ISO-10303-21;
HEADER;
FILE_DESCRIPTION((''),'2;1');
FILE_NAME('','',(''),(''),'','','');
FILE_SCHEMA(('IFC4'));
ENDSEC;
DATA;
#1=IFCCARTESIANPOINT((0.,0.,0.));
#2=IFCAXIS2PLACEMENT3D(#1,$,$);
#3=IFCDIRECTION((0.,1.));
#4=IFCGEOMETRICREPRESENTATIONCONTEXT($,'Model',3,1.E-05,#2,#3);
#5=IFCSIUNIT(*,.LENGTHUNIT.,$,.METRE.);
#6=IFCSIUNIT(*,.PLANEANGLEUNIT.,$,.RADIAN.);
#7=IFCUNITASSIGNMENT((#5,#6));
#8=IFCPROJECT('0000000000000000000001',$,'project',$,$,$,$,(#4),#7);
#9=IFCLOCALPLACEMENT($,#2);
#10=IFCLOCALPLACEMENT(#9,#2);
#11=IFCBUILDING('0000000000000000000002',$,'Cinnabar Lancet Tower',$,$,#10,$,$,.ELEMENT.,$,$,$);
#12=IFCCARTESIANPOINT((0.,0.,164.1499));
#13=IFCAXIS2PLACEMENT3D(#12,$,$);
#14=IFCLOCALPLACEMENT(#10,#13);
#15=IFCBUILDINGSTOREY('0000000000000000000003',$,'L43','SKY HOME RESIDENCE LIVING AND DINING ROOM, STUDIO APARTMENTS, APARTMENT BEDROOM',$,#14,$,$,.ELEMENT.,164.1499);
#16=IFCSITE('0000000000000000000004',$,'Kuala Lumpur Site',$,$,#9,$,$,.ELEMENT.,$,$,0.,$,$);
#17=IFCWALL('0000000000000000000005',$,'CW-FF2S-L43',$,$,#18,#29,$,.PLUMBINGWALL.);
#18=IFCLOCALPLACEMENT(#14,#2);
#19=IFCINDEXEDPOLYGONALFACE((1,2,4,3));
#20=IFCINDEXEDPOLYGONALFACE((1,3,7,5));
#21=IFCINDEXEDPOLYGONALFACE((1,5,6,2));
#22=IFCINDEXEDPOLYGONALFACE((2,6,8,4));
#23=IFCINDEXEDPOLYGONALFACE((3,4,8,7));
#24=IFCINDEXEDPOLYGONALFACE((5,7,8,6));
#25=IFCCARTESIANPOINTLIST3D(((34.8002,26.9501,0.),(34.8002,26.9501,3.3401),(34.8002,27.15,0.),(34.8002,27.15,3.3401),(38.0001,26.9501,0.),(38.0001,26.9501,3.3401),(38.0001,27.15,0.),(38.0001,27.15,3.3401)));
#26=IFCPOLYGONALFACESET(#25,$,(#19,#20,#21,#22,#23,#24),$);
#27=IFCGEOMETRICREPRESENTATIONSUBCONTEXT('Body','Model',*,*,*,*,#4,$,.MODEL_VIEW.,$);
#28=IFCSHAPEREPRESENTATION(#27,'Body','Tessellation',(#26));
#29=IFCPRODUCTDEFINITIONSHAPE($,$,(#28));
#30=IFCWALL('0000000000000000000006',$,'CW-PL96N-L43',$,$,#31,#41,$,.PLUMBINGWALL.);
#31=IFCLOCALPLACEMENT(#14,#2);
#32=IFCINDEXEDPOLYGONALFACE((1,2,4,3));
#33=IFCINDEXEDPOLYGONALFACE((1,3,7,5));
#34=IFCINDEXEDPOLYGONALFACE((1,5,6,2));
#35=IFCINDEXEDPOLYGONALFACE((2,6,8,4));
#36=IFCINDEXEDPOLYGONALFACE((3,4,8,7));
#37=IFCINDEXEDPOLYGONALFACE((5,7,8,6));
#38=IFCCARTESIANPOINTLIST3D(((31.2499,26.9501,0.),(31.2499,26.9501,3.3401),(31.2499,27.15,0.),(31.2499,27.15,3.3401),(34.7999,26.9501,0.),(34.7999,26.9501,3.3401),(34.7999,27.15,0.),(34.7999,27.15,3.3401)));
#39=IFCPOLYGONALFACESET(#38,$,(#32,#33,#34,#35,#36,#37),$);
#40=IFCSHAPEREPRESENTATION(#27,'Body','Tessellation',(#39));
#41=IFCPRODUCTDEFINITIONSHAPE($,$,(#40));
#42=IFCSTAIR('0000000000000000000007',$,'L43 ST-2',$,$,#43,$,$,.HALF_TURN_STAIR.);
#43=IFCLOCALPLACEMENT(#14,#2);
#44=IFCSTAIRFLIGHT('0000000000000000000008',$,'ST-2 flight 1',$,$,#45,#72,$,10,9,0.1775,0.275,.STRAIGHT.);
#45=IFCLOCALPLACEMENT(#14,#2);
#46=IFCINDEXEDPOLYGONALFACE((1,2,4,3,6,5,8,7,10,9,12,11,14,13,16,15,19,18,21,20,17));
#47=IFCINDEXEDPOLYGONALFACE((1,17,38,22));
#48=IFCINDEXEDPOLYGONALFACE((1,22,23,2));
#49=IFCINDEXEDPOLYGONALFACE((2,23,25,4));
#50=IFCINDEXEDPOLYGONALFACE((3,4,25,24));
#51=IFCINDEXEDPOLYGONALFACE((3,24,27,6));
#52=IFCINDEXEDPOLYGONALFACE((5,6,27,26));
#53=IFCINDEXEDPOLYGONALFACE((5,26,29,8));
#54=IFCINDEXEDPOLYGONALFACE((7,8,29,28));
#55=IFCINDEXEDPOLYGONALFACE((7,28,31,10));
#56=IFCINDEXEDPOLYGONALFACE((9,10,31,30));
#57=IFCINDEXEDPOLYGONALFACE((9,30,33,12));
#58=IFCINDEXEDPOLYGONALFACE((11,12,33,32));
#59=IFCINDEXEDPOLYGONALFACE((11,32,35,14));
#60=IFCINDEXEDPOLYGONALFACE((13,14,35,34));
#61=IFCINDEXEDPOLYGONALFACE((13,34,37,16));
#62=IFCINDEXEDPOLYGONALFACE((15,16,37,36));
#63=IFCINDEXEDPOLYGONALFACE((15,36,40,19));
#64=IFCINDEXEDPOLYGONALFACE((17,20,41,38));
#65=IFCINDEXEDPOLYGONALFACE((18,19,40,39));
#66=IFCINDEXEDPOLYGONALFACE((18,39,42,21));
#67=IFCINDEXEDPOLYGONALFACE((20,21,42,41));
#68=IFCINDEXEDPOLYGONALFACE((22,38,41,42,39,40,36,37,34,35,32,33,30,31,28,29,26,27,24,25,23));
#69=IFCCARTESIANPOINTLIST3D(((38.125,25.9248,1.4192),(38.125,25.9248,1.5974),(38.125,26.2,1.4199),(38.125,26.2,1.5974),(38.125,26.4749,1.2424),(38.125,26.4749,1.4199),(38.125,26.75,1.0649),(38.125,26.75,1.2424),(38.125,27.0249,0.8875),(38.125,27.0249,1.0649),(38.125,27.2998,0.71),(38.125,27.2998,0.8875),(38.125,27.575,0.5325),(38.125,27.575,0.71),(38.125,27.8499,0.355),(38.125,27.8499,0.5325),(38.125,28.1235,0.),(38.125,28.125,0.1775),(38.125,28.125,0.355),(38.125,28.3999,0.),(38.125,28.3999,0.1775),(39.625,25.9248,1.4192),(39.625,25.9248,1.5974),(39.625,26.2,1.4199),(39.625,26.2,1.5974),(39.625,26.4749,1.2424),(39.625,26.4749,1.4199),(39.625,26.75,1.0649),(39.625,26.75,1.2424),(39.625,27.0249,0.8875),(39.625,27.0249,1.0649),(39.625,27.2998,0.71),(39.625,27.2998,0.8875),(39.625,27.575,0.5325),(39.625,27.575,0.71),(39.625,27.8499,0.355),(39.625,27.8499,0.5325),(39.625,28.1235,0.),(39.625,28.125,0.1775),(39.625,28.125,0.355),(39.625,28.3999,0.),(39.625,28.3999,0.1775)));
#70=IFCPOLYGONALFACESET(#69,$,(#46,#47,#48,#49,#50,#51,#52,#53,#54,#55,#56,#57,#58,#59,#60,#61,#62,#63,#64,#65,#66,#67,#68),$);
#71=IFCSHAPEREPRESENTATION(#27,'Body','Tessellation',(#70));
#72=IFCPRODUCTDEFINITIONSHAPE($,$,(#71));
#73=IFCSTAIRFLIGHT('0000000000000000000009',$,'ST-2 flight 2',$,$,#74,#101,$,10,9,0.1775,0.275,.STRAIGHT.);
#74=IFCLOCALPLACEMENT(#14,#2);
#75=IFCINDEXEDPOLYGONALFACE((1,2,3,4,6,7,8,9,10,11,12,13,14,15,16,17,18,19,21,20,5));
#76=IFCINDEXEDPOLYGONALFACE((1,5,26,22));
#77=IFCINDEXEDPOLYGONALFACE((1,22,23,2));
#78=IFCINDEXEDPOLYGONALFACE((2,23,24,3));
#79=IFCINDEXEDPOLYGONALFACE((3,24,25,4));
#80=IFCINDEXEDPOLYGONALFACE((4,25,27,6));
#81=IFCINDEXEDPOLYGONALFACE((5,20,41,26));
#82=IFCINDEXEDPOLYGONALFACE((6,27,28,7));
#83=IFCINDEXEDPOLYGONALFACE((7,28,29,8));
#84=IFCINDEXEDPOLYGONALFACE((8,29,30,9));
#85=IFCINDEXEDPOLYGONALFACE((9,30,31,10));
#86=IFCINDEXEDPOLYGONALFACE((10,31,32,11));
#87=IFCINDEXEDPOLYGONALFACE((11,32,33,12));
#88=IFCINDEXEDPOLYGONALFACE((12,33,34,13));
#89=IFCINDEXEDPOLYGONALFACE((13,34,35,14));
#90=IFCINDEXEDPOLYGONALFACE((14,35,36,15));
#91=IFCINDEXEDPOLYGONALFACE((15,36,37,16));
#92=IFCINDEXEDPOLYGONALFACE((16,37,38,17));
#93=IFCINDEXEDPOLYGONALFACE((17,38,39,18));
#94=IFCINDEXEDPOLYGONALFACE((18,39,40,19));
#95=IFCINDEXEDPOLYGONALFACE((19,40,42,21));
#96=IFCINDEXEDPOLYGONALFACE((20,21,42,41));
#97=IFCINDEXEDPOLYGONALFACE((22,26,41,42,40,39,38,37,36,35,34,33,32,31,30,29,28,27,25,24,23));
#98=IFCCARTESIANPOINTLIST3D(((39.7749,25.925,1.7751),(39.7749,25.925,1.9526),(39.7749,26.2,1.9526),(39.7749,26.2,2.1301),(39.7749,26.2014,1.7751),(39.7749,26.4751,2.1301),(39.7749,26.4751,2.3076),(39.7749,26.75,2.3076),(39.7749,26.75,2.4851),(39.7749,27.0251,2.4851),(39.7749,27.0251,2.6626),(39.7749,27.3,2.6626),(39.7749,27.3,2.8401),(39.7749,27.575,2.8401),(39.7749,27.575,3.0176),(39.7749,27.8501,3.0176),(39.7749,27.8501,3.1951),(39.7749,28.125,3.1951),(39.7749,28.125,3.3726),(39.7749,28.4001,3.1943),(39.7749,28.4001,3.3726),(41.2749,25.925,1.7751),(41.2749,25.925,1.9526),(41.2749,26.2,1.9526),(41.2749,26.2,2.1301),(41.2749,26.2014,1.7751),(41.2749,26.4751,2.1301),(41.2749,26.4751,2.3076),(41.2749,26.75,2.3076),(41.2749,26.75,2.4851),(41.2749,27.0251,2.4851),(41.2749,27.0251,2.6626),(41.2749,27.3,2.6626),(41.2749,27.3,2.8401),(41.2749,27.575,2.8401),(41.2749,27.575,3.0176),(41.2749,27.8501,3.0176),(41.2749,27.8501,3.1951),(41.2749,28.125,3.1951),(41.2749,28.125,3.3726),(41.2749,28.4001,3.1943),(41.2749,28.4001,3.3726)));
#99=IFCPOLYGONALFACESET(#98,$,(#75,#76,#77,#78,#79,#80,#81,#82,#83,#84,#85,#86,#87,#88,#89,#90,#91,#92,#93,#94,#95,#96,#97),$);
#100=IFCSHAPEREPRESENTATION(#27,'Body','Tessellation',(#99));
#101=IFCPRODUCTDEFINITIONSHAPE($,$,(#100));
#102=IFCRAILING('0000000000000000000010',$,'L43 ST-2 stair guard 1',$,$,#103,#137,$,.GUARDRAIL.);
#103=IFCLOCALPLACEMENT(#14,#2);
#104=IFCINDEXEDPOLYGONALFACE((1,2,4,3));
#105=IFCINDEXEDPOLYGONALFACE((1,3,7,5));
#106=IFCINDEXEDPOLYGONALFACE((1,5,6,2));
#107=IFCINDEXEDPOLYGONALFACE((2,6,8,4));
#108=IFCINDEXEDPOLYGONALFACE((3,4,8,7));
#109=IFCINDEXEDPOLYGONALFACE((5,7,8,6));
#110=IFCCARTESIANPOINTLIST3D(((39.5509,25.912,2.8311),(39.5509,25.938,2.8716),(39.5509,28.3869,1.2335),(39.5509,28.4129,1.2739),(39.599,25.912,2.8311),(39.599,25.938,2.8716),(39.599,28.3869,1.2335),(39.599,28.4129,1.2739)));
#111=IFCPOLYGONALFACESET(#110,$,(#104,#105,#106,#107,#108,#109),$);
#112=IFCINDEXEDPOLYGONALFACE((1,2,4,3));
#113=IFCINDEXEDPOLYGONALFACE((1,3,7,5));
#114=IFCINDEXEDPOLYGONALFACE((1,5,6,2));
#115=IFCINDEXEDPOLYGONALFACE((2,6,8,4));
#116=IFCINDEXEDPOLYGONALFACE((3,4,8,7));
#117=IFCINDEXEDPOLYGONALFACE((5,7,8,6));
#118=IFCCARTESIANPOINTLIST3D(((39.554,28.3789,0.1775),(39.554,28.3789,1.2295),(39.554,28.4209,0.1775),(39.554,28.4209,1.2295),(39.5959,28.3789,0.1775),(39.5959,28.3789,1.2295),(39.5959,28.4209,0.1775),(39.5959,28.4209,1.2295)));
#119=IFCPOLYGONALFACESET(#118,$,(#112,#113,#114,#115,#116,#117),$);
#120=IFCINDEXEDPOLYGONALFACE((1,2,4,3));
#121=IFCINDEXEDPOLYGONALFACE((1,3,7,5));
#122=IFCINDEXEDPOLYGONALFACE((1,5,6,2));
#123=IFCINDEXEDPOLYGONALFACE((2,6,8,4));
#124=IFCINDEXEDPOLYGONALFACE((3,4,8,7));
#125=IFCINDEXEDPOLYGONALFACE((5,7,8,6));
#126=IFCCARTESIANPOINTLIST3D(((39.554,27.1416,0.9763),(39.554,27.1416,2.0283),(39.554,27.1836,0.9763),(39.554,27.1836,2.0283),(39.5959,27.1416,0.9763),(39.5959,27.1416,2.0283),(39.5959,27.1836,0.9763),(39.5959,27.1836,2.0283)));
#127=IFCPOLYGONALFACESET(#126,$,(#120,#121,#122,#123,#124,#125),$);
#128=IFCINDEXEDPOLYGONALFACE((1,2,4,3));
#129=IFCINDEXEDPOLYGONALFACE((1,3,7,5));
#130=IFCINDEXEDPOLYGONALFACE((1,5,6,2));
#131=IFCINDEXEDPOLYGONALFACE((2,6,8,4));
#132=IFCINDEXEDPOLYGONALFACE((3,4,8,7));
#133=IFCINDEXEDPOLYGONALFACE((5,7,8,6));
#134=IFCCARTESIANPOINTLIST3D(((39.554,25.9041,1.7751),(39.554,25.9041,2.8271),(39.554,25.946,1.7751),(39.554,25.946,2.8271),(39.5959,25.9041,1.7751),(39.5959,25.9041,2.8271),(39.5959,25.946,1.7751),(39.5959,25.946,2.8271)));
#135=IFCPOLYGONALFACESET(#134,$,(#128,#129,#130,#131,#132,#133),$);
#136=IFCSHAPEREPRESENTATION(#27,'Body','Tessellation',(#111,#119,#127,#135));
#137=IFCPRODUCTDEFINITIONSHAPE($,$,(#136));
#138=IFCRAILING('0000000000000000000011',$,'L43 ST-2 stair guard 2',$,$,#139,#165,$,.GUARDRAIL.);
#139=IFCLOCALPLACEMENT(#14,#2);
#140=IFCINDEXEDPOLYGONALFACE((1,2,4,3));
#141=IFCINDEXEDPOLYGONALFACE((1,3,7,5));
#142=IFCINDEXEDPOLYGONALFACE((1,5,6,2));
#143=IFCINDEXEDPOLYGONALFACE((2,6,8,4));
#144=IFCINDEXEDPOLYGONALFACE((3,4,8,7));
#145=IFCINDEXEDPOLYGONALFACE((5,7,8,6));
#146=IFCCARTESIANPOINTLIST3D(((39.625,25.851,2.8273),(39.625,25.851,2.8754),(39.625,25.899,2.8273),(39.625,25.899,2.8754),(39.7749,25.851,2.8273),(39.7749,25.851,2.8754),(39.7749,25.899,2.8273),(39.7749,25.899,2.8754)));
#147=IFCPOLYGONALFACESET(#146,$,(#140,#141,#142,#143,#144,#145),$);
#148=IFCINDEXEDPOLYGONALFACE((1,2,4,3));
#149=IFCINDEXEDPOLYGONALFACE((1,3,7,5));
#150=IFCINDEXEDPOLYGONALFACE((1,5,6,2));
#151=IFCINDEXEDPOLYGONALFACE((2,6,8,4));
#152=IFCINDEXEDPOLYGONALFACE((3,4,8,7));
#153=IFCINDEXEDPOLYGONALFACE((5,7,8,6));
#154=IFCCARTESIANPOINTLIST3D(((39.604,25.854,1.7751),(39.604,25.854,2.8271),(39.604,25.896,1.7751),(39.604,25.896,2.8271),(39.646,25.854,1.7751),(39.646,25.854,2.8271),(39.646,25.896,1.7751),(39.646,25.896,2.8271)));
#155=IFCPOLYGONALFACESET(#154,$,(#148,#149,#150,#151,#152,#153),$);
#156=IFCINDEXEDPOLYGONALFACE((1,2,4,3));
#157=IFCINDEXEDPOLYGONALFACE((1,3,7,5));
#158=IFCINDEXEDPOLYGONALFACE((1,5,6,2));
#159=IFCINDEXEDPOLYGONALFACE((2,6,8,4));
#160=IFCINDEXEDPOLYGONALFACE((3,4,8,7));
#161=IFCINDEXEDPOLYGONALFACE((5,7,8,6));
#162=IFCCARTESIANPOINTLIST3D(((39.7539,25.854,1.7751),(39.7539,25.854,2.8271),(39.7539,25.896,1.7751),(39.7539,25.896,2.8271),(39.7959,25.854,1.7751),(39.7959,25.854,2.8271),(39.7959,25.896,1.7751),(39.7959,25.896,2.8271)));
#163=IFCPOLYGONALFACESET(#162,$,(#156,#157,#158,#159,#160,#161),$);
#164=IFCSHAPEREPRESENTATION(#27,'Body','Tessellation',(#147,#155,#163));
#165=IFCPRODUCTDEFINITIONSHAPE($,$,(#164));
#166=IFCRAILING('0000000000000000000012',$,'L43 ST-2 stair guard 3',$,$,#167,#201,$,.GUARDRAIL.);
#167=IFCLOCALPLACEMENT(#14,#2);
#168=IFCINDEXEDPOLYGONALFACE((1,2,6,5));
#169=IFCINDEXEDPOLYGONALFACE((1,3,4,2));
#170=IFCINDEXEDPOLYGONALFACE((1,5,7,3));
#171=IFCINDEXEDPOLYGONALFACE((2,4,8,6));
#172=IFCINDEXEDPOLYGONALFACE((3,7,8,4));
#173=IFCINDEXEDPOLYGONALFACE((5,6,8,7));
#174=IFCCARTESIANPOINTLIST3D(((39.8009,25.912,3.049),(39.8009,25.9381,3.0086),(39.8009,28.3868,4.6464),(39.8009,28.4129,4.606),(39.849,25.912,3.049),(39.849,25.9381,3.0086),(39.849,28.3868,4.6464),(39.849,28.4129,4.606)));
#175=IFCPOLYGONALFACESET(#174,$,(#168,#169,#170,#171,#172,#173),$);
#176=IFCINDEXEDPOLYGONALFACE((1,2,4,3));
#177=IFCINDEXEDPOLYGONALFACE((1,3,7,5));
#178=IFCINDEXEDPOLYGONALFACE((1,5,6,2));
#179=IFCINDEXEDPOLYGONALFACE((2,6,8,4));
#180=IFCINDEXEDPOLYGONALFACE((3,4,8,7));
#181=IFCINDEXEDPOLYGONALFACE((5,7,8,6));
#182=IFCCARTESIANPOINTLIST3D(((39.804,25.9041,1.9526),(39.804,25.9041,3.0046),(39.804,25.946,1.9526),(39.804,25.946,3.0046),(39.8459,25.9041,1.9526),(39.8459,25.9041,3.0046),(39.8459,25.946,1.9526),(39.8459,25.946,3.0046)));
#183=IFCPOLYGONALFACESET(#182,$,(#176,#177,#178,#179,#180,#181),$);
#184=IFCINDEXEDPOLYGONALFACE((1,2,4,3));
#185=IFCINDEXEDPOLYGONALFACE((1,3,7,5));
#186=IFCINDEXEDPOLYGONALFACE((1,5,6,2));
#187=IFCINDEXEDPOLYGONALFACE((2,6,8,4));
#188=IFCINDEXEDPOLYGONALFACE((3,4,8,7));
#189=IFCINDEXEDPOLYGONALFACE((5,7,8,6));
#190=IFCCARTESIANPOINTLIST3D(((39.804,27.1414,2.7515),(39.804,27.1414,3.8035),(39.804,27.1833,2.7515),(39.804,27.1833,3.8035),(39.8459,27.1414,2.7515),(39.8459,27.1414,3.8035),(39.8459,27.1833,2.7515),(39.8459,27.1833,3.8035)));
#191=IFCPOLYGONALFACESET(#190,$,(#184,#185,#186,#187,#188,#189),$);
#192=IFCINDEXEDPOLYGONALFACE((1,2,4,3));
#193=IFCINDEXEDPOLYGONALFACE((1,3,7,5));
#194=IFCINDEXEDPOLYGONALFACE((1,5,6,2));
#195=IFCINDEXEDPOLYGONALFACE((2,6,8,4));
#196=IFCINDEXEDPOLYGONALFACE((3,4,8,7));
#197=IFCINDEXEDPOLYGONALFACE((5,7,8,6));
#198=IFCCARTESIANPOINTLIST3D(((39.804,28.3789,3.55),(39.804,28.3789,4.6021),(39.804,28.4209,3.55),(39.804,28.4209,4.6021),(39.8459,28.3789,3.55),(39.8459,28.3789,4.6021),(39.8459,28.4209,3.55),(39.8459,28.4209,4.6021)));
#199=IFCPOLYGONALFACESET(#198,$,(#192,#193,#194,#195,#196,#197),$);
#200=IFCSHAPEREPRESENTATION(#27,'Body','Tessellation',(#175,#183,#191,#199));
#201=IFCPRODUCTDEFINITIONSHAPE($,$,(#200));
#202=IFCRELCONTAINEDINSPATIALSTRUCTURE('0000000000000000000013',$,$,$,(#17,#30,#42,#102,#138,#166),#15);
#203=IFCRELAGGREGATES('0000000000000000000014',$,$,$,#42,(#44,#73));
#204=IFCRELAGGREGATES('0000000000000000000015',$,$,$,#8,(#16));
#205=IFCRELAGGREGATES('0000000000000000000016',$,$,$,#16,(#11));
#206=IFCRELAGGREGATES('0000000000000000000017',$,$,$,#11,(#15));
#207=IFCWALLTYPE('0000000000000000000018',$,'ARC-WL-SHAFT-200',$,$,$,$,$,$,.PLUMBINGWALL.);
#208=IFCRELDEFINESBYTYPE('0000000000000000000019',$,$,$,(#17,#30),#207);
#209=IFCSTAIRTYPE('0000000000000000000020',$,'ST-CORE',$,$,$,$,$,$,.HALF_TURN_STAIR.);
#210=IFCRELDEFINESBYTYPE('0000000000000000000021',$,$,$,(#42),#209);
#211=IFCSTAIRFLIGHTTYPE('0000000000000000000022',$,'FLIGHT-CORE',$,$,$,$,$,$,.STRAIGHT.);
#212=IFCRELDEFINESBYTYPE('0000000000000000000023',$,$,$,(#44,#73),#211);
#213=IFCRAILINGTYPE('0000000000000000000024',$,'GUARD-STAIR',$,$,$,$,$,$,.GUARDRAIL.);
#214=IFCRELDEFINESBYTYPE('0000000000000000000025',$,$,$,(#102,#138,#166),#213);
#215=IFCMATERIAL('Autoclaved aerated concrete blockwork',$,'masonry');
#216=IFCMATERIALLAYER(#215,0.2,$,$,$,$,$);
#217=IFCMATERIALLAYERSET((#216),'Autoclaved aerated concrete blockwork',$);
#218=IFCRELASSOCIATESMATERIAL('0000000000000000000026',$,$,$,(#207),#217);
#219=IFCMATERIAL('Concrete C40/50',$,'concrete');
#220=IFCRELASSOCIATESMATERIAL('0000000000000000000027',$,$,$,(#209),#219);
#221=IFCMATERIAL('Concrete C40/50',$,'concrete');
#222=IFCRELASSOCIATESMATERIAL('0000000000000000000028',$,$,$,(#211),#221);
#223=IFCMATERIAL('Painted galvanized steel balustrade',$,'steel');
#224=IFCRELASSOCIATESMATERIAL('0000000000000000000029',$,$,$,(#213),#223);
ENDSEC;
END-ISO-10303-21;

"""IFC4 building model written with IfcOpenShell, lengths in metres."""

from ifc_helpers import new_model, si_unit, direction, frame, frame_2d, origin, origin_2d, place, context, subcontext, project, spatial, polyline, rectangle, outline, extrude, material, layer, layer_set, type_object, element, aggregate, save


model = new_model("IFC4")

# Units and contexts
model_context = context("Model", 3, precision=1e-05, world=origin(), true_north=direction((0.0, 1.0)))
body_context = subcontext(model_context, "Body", "Model", "MODEL_VIEW")
ifc_project = project(units=[si_unit("LENGTHUNIT", "METRE"), si_unit("PLANEANGLEUNIT", "RADIAN")], contexts=[model_context])

# Site, building, storey
site_placement = place(None, origin())
site = spatial("IfcSite", under=ifc_project, at=site_placement, Name="Kuala Lumpur Site", CompositionType="ELEMENT", RefElevation=0.0)
building_placement = place(site_placement, origin())
building = spatial("IfcBuilding", under=site, at=building_placement, Name="Cinnabar Lancet Tower", CompositionType="ELEMENT")
storey_placement = place(building_placement, frame((0.0, 0.0, 164.1499)))
storey = spatial("IfcBuildingStorey", under=building, at=storey_placement, Name="L43", Description="SKY HOME RESIDENCE LIVING AND DINING ROOM, STUDIO APARTMENTS, APARTMENT BEDROOM", CompositionType="ELEMENT", Elevation=164.1499)

# Shared definitions
ifc_material_1 = material(Name="Autoclaved aerated concrete blockwork", Category="masonry")
ifc_layer = layer(ifc_material_1, 0.2)
ifc_layer_set = layer_set([ifc_layer], Name="Autoclaved aerated concrete blockwork")
wall_type = type_object("IfcWallType", Name="ARC-WL-SHAFT-200", PredefinedType="PLUMBINGWALL", material=ifc_layer_set)

# Walls
wall_1_placement = place(storey_placement, frame((34.8, 27.05, 0.0), z_axis=(0.0, 0.0, 1.0), x_axis=(1.0, 0.0, 0.0)))
element("IfcWall", 1, at=wall_1_placement, inside=storey, type_object=wall_type, Name="CW-FF2S-L43", PredefinedType="PLUMBINGWALL", context=body_context, shape_type="SweptSolid", body=[
    extrude(rectangle(XDim=3.2, YDim=0.2, at=frame_2d((1.6001, 0.0))), origin(), (0.0, 0.0, 1.0), 3.3401),
])
wall_2_placement = place(storey_placement, frame((31.25, 27.05, 0.0), z_axis=(0.0, 0.0, 1.0), x_axis=(1.0, 0.0, 0.0)))
element("IfcWall", 2, at=wall_2_placement, inside=storey, type_object=wall_type, Name="CW-PL96N-L43", PredefinedType="PLUMBINGWALL", context=body_context, shape_type="SweptSolid", body=[
    extrude(rectangle(XDim=3.55, YDim=0.2, at=frame_2d((1.7749, 0.0))), origin(), (0.0, 0.0, 1.0), 3.3401),
])

# Stair, stair flights
ifc_material_2 = material(Name="Concrete C40/50", Category="concrete")
stair_type = type_object("IfcStairType", Name="ST-CORE", PredefinedType="HALF_TURN_STAIR", material=ifc_material_2)
stair_placement = place(storey_placement, origin())
stair = element("IfcStair", 3, at=stair_placement, inside=storey, type_object=stair_type, Name="L43 ST-2", PredefinedType="HALF_TURN_STAIR")
ifc_material_3 = material(Name="Concrete C40/50", Category="concrete")
stair_flight_type = type_object("IfcStairFlightType", Name="FLIGHT-CORE", PredefinedType="STRAIGHT", material=ifc_material_3)
stair_flight_1_placement = place(storey_placement, frame((38.875, 28.3999, 0.0), z_axis=(0.0, 0.0, 1.0), x_axis=(0.0, -1.0, 0.0)))
stair_flight_1 = element("IfcStairFlight", 4, at=stair_flight_1_placement, type_object=stair_flight_type, Name="ST-2 flight 1", NumberOfRisers=10, NumberOfTreads=9, PredefinedType="STRAIGHT", RiserHeight=0.1775, TreadLength=0.275, context=body_context, shape_type="SweptSolid", body=[
    extrude(outline(polyline([(0.0, 0.0), (0.0, 0.1775), (0.2749, 0.1775), (0.2749, 0.355), (0.55, 0.355), (0.55, 0.5325), (0.825, 0.5325), (0.825, 0.71), (1.1001, 0.71), (1.1001, 0.8875), (1.375, 0.8875), (1.375, 1.0649), (1.6499, 1.0649), (1.6499, 1.2424), (1.925, 1.2424), (1.925, 1.4199), (2.2, 1.4199), (2.2, 1.5974), (2.4751, 1.5974), (2.4751, 1.7749), (2.4751, 1.4192), (0.2764, 0.0), (0.0, 0.0)])), frame((0.0, 0.75, 0.0), z_axis=(0.0, -1.0, 0.0), x_axis=(1.0, 0.0, 0.0)), (0.0, 0.0, 1.0), 1.5),
])
stair_flight_2_placement = place(storey_placement, frame((40.5249, 25.925, 1.7751), z_axis=(0.0, 0.0, 1.0), x_axis=(0.0, 1.0, 0.0)))
stair_flight_2 = element("IfcStairFlight", 5, at=stair_flight_2_placement, type_object=stair_flight_type, Name="ST-2 flight 2", NumberOfRisers=10, NumberOfTreads=9, PredefinedType="STRAIGHT", RiserHeight=0.1775, TreadLength=0.275, context=body_context, shape_type="SweptSolid", body=[
    extrude(outline(polyline([(0.0, 0.0), (0.0, 0.1775), (0.2749, 0.1775), (0.2749, 0.355), (0.55, 0.355), (0.55, 0.5325), (0.825, 0.5325), (0.825, 0.71), (1.1001, 0.71), (1.1001, 0.8875), (1.375, 0.8875), (1.375, 1.0649), (1.6499, 1.0649), (1.6499, 1.2424), (1.925, 1.2424), (1.925, 1.4199), (2.2, 1.4199), (2.2, 1.5974), (2.4751, 1.5974), (2.4751, 1.7749), (2.4751, 1.4192), (0.2764, 0.0), (0.0, 0.0)])), frame((0.0, 0.75, 0.0), z_axis=(0.0, -1.0, 0.0), x_axis=(1.0, 0.0, 0.0)), (0.0, 0.0, 1.0), 1.5),
])
aggregate(stair, [stair_flight_1, stair_flight_2])

# Railings
ifc_material_4 = material(Name="Painted galvanized steel balustrade", Category="steel")
railing_type_1 = type_object("IfcRailingType", Name="GUARD-STAIR", PredefinedType="GUARDRAIL", material=ifc_material_4)
railing_1_placement = place(storey_placement, frame((39.575, 28.3999, 0.1775)))
element("IfcRailing", 6, at=railing_1_placement, inside=storey, type_object=railing_type_1, Name="L43 ST-2 stair guard 1", PredefinedType="GUARDRAIL", context=body_context, shape_type="SweptSolid", body=[
    extrude(rectangle(XDim=0.0481, YDim=0.0481, at=origin_2d()), frame((0.0, 0.0, 1.0762), z_axis=(0.0, -0.840146, 0.542361), x_axis=(1.0, 0.0, 0.0)), (0.0, 0.0, 1.0), 2.9458),
    extrude(rectangle(XDim=0.042, YDim=0.042, at=origin_2d()), origin(), (0.0, 0.0, 1.0), 1.052),
    extrude(rectangle(XDim=0.042, YDim=0.042, at=origin_2d()), frame((0.0, -1.2373, 0.7988)), (0.0, 0.0, 1.0), 1.052),
    extrude(rectangle(XDim=0.042, YDim=0.042, at=origin_2d()), frame((0.0, -2.4749, 1.5977)), (0.0, 0.0, 1.0), 1.052),
])
railing_2_placement = place(storey_placement, frame((39.625, 25.875, 1.7751)))
element("IfcRailing", 7, at=railing_2_placement, inside=storey, type_object=railing_type_1, Name="L43 ST-2 stair guard 2", PredefinedType="GUARDRAIL", context=body_context, shape_type="SweptSolid", body=[
    extrude(rectangle(XDim=0.0481, YDim=0.0481, at=origin_2d()), frame((0.0, 0.0, 1.0762), z_axis=(1.0, 0.0, 0.0), x_axis=(0.0, 1.0, 0.0)), (0.0, 0.0, 1.0), 0.1499),
    extrude(rectangle(XDim=0.042, YDim=0.042, at=origin_2d()), origin(), (0.0, 0.0, 1.0), 1.052),
    extrude(rectangle(XDim=0.042, YDim=0.042, at=origin_2d()), frame((0.1499, 0.0, 0.0)), (0.0, 0.0, 1.0), 1.052),
])
railing_3_placement = place(storey_placement, frame((39.825, 25.925, 1.9526)))
element("IfcRailing", 8, at=railing_3_placement, inside=storey, type_object=railing_type_1, Name="L43 ST-2 stair guard 3", PredefinedType="GUARDRAIL", context=body_context, shape_type="SweptSolid", body=[
    extrude(rectangle(XDim=0.0481, YDim=0.0481, at=origin_2d()), frame((0.0, 0.0, 1.0762), z_axis=(0.0, 0.840183, 0.542302), x_axis=(-1.0, 0.0, 0.0)), (0.0, 0.0, 1.0), 2.9456),
    extrude(rectangle(XDim=0.042, YDim=0.042, at=origin_2d()), origin(), (0.0, 0.0, 1.0), 1.052),
    extrude(rectangle(XDim=0.042, YDim=0.042, at=origin_2d()), frame((0.0, 1.2373, 0.7988)), (0.0, 0.0, 1.0), 1.052),
    extrude(rectangle(XDim=0.042, YDim=0.042, at=origin_2d()), frame((0.0, 2.4749, 1.5974)), (0.0, 0.0, 1.0), 1.052),
])

save(model, "model.ifc")
